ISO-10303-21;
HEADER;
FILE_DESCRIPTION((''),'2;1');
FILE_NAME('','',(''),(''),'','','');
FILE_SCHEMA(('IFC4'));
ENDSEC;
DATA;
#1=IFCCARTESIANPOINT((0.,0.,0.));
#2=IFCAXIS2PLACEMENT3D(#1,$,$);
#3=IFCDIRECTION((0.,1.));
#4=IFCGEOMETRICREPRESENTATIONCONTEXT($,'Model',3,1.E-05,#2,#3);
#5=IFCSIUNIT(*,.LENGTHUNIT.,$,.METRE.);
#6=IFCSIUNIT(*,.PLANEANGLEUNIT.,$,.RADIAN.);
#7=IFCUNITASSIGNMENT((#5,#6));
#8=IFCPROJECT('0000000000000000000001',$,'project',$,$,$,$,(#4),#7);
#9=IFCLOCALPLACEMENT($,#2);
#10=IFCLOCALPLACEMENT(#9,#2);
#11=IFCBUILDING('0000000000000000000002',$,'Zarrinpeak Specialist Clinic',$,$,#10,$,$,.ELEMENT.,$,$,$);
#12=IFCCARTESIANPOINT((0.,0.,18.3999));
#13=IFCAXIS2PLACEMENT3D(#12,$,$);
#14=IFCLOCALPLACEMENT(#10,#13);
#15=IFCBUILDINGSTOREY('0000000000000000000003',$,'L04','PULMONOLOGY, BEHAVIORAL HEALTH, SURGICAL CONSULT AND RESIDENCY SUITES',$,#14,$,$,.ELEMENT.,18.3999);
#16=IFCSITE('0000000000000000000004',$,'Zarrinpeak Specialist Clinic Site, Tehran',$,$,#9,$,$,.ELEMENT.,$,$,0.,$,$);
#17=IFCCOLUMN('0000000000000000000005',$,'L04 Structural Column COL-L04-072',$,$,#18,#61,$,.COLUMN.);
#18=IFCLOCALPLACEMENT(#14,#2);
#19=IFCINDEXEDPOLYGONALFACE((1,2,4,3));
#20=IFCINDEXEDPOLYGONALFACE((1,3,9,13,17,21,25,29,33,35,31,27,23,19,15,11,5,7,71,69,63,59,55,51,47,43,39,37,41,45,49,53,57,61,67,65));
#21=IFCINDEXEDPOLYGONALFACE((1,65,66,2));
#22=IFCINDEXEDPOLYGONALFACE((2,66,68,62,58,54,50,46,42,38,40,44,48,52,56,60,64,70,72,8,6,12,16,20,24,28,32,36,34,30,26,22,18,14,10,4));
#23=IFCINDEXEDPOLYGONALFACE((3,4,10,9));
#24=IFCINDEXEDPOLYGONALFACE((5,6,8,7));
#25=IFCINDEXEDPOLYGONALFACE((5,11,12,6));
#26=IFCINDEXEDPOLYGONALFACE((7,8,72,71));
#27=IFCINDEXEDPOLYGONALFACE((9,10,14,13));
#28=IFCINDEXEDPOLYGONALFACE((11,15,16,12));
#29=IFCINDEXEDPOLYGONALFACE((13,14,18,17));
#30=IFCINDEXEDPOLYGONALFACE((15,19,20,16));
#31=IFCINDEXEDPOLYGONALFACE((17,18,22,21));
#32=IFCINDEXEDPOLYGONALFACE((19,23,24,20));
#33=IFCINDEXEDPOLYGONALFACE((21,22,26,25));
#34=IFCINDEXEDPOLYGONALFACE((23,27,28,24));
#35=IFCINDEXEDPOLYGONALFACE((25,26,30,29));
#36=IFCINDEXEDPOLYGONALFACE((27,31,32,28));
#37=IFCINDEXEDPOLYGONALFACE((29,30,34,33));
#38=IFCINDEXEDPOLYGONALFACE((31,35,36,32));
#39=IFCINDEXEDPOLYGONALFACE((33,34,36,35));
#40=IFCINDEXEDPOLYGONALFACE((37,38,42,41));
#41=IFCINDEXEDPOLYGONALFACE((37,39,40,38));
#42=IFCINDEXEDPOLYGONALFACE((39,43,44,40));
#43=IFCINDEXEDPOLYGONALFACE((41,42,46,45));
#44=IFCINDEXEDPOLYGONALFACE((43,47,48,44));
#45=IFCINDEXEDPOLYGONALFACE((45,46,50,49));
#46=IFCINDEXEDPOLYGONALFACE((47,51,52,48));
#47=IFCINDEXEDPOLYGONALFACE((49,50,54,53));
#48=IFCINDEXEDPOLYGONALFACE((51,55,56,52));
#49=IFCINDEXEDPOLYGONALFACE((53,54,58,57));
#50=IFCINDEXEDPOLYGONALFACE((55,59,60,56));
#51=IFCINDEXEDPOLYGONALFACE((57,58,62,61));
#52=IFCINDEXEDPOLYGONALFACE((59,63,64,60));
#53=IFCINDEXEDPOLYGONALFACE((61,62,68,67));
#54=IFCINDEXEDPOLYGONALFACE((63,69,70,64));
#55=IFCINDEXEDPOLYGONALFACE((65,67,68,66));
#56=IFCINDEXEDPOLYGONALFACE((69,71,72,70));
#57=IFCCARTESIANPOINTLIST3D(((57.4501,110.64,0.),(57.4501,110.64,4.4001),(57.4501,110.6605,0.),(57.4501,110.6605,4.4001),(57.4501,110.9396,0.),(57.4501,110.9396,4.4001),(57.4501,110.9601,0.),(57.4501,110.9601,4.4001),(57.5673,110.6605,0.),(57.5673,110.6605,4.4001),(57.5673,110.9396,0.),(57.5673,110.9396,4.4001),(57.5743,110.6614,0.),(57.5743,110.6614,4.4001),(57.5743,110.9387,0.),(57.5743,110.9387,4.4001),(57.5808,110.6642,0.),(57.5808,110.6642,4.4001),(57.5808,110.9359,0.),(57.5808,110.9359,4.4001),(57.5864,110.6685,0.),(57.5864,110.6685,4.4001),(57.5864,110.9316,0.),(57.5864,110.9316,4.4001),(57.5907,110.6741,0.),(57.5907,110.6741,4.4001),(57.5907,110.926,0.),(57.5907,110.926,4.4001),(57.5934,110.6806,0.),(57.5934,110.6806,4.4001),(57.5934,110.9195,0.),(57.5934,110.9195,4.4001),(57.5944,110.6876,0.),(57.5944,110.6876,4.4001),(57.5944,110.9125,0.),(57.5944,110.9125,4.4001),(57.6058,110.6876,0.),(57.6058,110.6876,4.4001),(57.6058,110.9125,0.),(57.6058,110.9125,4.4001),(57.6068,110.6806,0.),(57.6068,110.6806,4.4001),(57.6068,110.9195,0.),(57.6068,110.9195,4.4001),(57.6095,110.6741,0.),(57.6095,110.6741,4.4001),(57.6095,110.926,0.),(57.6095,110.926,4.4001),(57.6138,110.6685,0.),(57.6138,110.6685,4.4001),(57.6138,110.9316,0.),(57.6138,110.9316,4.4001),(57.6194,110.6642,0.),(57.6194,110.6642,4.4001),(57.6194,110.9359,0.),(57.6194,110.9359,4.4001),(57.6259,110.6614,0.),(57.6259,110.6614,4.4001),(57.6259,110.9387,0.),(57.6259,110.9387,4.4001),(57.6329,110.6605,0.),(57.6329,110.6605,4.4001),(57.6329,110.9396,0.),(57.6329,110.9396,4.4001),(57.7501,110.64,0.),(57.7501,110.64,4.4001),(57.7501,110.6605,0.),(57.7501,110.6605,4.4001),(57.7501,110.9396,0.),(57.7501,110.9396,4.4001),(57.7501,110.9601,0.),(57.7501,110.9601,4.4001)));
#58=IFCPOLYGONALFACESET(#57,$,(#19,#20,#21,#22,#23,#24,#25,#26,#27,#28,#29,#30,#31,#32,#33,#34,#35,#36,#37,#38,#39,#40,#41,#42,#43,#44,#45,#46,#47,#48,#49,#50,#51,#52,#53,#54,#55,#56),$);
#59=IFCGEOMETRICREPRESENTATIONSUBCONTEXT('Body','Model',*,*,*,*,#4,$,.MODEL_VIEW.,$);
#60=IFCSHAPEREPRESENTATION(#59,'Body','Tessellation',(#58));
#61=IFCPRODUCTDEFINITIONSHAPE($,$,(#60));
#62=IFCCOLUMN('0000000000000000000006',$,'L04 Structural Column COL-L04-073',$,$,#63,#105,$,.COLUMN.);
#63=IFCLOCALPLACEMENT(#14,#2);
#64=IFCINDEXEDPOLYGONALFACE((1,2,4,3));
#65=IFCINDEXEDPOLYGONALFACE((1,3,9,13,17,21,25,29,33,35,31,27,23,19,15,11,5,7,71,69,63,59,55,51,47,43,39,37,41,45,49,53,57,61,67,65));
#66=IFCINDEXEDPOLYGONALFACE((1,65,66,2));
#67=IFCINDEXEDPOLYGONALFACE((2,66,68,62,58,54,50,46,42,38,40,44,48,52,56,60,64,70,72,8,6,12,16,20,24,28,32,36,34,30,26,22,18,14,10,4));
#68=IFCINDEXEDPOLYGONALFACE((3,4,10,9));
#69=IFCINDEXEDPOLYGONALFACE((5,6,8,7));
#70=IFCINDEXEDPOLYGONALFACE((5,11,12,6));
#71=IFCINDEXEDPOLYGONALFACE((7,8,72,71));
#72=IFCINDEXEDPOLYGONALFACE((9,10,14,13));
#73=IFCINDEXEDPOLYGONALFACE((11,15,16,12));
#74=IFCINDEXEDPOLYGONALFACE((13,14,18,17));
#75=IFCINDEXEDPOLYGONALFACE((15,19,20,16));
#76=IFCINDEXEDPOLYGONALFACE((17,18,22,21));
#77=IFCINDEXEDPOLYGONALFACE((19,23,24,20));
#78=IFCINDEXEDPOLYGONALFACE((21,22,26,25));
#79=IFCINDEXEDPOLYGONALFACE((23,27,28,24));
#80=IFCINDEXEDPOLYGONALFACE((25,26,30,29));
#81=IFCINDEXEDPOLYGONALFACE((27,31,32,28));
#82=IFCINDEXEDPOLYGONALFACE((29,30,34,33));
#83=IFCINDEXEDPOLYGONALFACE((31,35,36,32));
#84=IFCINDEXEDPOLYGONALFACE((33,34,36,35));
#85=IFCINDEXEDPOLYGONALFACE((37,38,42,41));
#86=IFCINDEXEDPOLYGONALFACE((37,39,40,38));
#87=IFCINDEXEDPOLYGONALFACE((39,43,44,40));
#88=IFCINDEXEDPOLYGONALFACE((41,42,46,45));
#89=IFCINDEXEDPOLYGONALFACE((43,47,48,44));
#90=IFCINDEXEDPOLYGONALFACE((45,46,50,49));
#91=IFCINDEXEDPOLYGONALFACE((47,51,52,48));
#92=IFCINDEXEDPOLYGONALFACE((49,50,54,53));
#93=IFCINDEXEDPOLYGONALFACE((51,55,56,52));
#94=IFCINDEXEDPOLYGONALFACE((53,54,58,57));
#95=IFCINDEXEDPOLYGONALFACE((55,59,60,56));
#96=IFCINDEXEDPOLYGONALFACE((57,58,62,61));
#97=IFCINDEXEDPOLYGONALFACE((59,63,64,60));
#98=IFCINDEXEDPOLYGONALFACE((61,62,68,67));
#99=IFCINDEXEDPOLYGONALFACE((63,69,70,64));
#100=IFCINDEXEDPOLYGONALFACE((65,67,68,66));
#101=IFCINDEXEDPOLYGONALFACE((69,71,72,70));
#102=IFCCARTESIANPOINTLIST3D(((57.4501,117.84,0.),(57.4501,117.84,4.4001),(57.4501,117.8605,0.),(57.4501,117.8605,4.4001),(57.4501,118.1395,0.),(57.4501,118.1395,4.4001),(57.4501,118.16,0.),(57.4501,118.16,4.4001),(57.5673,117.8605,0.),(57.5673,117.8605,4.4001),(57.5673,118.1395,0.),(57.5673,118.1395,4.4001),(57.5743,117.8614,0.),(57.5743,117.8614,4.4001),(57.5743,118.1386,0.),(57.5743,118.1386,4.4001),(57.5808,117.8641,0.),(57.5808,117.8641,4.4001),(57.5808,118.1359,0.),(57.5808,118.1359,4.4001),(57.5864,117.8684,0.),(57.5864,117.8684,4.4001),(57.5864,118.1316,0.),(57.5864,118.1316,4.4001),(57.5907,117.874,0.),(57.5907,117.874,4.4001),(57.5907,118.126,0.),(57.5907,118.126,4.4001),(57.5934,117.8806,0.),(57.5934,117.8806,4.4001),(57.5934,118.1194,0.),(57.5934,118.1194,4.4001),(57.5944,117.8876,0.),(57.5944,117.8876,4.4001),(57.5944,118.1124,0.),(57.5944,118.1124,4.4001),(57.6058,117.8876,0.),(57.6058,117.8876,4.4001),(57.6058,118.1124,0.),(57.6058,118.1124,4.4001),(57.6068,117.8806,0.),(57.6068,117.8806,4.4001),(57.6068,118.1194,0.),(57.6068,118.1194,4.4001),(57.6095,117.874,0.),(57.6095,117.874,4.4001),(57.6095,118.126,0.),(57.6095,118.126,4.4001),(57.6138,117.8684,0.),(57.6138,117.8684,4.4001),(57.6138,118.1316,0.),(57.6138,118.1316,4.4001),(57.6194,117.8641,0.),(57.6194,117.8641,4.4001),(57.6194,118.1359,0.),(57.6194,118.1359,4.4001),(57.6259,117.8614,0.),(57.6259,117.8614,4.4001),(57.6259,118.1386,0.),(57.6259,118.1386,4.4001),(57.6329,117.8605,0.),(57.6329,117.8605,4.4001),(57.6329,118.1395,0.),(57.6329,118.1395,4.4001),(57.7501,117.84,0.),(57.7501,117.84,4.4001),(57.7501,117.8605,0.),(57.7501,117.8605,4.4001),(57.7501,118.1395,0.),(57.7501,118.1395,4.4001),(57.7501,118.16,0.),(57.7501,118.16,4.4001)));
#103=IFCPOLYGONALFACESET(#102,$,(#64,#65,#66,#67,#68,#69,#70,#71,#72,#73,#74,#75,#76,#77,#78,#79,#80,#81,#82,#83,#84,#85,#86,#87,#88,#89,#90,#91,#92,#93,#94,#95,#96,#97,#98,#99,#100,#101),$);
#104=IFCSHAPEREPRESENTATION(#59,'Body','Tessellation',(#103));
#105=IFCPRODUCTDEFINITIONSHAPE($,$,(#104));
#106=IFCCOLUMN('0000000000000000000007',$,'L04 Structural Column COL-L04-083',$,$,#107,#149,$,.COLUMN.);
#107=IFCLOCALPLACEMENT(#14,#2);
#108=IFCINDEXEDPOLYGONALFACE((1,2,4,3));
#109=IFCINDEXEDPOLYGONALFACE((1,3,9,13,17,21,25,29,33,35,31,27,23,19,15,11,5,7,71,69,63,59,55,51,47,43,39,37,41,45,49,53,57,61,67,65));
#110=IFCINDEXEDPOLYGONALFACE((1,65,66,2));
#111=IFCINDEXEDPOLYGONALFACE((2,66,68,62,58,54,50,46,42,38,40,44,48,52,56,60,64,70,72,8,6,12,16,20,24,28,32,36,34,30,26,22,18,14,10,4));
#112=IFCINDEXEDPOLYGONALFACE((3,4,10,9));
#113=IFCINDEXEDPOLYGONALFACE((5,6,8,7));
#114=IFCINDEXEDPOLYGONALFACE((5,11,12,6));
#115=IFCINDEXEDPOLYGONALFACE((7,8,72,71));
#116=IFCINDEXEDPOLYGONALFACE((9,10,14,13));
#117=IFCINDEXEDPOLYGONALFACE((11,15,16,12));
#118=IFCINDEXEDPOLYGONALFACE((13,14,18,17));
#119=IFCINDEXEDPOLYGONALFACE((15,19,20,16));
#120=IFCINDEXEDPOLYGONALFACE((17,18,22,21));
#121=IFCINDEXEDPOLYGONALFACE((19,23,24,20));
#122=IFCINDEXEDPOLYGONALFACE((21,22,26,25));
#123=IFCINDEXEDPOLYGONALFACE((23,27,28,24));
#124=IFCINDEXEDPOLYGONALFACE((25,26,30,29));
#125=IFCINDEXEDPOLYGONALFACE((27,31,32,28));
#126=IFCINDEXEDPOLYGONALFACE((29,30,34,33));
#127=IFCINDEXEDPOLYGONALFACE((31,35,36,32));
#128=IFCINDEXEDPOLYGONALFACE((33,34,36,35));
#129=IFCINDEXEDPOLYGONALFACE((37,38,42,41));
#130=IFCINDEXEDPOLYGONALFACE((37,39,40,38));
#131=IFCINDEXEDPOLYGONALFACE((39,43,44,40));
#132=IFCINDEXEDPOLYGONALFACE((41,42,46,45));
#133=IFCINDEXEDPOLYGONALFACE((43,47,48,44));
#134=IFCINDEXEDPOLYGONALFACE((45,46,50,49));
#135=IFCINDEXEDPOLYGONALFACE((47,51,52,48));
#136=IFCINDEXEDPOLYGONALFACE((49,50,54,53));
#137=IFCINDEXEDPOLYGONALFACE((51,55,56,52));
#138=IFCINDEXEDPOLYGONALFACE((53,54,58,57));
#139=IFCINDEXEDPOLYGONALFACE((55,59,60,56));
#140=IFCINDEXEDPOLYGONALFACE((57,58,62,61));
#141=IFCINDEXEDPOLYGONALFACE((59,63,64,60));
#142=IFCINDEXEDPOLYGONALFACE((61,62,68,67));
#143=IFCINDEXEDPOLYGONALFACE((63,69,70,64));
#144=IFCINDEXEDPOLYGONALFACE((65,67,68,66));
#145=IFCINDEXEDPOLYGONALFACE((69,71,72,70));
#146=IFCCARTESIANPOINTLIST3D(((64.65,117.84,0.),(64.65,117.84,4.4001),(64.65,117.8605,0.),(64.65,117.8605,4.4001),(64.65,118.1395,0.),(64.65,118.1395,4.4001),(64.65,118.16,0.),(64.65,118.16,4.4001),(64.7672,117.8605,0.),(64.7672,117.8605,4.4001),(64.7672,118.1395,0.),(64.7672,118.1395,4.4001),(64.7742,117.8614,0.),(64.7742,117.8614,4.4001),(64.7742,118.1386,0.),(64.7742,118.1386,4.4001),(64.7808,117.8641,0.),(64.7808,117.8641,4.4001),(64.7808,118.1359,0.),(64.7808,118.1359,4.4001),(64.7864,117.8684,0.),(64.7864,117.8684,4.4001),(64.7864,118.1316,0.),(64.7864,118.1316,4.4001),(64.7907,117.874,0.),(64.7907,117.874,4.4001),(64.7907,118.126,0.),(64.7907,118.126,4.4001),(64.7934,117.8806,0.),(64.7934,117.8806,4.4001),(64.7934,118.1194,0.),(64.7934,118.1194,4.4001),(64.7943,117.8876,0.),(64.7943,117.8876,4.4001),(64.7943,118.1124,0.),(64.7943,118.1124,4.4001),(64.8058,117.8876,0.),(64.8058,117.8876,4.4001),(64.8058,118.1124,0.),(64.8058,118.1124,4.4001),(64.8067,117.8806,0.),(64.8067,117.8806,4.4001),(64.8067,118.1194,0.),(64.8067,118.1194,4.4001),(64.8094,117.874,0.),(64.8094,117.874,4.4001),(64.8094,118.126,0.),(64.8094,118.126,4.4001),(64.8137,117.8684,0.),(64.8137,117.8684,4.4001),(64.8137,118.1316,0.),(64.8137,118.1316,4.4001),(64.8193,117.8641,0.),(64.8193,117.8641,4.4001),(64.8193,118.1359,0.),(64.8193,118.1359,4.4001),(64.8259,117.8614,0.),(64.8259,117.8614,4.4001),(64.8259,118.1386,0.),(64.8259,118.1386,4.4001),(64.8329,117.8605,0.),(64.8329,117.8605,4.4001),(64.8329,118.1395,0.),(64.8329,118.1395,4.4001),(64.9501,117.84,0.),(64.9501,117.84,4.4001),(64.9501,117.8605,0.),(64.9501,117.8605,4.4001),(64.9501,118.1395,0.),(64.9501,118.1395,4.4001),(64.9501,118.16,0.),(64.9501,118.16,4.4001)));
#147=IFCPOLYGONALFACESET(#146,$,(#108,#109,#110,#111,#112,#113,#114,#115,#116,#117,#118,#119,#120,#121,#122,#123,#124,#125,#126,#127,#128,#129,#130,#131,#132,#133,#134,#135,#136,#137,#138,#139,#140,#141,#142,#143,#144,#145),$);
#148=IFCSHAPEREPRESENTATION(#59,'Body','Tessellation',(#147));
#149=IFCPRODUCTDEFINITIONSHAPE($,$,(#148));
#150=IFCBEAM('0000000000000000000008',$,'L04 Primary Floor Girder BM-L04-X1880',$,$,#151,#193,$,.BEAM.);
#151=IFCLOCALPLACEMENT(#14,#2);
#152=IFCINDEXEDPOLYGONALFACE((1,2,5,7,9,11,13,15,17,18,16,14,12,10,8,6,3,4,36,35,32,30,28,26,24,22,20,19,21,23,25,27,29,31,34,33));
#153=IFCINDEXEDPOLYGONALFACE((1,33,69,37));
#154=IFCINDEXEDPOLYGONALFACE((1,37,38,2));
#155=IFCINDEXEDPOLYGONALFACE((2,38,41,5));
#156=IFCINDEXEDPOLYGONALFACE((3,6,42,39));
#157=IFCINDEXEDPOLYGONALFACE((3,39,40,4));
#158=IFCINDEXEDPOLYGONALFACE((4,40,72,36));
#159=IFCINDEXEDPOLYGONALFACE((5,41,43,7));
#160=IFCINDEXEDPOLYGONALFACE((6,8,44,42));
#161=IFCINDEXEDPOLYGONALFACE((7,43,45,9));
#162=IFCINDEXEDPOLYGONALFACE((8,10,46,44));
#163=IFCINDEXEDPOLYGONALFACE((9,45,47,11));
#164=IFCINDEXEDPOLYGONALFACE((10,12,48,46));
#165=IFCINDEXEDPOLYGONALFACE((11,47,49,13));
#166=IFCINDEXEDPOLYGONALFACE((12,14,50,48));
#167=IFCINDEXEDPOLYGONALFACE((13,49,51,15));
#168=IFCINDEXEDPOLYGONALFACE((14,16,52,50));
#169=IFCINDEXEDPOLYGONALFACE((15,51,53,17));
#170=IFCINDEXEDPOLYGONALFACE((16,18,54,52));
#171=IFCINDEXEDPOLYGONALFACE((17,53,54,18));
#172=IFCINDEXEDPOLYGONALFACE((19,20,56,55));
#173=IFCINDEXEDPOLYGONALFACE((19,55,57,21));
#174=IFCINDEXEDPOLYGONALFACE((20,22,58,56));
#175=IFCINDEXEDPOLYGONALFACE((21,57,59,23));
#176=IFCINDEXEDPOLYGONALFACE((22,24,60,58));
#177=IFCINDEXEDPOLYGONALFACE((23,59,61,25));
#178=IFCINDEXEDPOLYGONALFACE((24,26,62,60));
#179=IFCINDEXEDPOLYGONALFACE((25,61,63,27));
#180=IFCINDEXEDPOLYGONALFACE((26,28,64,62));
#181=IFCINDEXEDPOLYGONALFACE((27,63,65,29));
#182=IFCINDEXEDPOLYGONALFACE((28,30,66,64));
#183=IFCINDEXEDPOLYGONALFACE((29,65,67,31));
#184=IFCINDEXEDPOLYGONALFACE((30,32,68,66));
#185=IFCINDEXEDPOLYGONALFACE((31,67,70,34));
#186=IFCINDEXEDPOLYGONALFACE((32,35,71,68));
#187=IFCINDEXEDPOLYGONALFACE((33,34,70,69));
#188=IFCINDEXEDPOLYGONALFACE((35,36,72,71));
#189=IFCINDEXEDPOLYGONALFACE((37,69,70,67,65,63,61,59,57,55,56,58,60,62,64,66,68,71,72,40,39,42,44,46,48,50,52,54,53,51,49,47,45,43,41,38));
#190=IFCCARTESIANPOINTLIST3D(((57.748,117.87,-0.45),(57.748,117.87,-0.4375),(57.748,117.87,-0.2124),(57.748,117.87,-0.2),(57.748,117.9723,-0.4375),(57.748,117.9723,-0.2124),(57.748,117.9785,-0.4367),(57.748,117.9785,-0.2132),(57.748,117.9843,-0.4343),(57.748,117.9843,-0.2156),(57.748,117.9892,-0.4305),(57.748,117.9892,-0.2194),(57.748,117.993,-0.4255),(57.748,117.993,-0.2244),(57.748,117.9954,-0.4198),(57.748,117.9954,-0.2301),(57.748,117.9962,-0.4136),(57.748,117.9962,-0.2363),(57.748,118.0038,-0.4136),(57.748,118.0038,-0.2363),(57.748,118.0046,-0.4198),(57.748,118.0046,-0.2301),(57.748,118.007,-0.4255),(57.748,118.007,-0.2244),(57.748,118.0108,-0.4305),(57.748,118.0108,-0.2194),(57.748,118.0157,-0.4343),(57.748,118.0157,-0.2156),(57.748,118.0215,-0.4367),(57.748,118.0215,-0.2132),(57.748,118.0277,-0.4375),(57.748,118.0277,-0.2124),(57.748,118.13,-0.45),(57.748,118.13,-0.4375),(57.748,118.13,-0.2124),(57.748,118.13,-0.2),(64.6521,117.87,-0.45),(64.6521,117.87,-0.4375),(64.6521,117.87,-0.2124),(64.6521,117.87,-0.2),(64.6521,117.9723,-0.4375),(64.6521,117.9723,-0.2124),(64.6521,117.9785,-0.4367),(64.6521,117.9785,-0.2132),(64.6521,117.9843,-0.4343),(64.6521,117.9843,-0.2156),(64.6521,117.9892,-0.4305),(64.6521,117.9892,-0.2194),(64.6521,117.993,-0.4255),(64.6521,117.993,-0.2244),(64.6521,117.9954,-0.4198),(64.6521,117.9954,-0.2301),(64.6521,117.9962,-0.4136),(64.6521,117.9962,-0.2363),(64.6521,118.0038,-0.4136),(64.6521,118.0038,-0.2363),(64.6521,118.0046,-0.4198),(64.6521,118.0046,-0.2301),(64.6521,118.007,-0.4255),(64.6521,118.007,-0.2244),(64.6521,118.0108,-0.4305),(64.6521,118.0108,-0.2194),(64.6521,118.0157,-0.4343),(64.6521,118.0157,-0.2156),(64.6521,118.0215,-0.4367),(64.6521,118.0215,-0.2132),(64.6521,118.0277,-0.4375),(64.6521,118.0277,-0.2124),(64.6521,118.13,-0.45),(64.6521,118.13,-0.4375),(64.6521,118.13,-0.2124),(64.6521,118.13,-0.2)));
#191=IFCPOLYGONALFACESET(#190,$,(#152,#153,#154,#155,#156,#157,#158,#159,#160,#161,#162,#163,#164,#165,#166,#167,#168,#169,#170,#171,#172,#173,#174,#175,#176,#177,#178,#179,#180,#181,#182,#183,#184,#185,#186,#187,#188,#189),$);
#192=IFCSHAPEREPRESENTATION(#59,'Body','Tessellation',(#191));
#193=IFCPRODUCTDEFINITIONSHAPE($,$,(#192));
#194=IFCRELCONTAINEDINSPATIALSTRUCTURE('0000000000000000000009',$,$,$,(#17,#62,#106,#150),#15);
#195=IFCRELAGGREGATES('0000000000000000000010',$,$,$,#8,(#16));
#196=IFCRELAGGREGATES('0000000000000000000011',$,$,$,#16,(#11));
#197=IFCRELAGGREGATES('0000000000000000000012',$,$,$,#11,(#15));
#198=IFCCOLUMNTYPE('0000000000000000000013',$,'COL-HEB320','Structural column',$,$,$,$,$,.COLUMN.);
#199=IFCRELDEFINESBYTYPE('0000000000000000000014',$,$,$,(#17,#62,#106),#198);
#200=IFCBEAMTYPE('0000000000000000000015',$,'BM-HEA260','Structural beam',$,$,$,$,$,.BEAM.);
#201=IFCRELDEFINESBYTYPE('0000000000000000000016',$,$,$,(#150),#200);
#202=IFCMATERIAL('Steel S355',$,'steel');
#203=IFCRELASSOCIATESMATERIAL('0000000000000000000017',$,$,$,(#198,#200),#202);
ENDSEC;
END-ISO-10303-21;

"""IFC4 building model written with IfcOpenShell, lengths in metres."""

from ifc_helpers import new_model, si_unit, direction, frame, origin, origin_2d, place, context, subcontext, project, spatial, i_section, extrude, material, material_profile, profile_set, type_object, element, save


model = new_model("IFC4")

# Units and contexts
model_context = context("Model", 3, precision=1e-05, world=origin(), true_north=direction((0.0, 1.0)))
body_context = subcontext(model_context, "Body", "Model", "MODEL_VIEW")
ifc_project = project(units=[si_unit("LENGTHUNIT", "METRE"), si_unit("PLANEANGLEUNIT", "RADIAN")], contexts=[model_context])

# Site, building, storey
site_placement = place(None, origin())
site = spatial("IfcSite", under=ifc_project, at=site_placement, Name="Zarrinpeak Specialist Clinic Site, Tehran", CompositionType="ELEMENT", RefElevation=0.0)
building_placement = place(site_placement, origin())
building = spatial("IfcBuilding", under=site, at=building_placement, Name="Zarrinpeak Specialist Clinic", CompositionType="ELEMENT")
storey_placement = place(building_placement, frame((0.0, 0.0, 18.3999)))
storey = spatial("IfcBuildingStorey", under=building, at=storey_placement, Name="L04", Description="PULMONOLOGY, BEHAVIORAL HEALTH, SURGICAL CONSULT AND RESIDENCY SUITES", CompositionType="ELEMENT", Elevation=18.3999)

# Columns
ifc_material_1 = material(Name="Steel S355", Category="steel")
ifc_material_profile_1 = material_profile(ifc_material_1, i_section(OverallWidth=0.3, OverallDepth=0.3201, WebThickness=0.0115, FlangeThickness=0.0205, FilletRadius=0.0271, at=origin_2d()), Name="HEB 320")
ifc_profile_set_1 = profile_set([ifc_material_profile_1], Name="Steel S355")
column_type = type_object("IfcColumnType", Name="COL-HEB320", Description="Structural column", PredefinedType="COLUMN", material=ifc_profile_set_1)
for number, where, z_axis, x_axis, name in (
    (1, (57.6001, 110.8, 0.0), (0.0, 0.0, 1.0), (1.0, 0.0, 0.0), "L04 Structural Column COL-L04-072"),
    (2, (57.6001, 118.0, 0.0), (0.0, 0.0, 1.0), (1.0, 0.0, 0.0), "L04 Structural Column COL-L04-073"),
    (3, (64.8, 118.0, 0.0), (0.0, 0.0, 1.0), (1.0, 0.0, 0.0), "L04 Structural Column COL-L04-083"),
):
    element("IfcColumn", number, at=place(storey_placement, frame(where, z_axis=z_axis, x_axis=x_axis)), inside=storey, type_object=column_type, Name=name, PredefinedType="COLUMN", context=body_context, shape_type="SweptSolid", body=[
        extrude(i_section(OverallWidth=0.3, OverallDepth=0.3201, WebThickness=0.0115, FlangeThickness=0.0205, FilletRadius=0.0271, at=origin_2d()), origin(), (0.0, 0.0, 1.0), 4.4001),
    ])

# Beam
ifc_material_profile_2 = material_profile(ifc_material_1, i_section(OverallWidth=0.26, OverallDepth=0.25, WebThickness=0.0076, FlangeThickness=0.0125, FilletRadius=0.0239, at=origin_2d()), Name="HEA 260")
ifc_profile_set_2 = profile_set([ifc_material_profile_2], Name="Steel S355")
beam_type_1 = type_object("IfcBeamType", Name="BM-HEA260", Description="Structural beam", PredefinedType="BEAM", material=ifc_profile_set_2)
beam_1_placement = place(storey_placement, frame((57.748, 118.0, -0.325), z_axis=(1.0, 0.0, 0.0), x_axis=(0.0, 1.0, 0.0)))
element("IfcBeam", 4, at=beam_1_placement, inside=storey, type_object=beam_type_1, Name="L04 Primary Floor Girder BM-L04-X1880", PredefinedType="BEAM", context=body_context, shape_type="SweptSolid", body=[
    extrude(i_section(OverallWidth=0.26, OverallDepth=0.25, WebThickness=0.0076, FlangeThickness=0.0125, FilletRadius=0.0239, at=origin_2d()), origin(), (0.0, 0.0, 1.0), 6.9041),
])

save(model, "model.ifc")
